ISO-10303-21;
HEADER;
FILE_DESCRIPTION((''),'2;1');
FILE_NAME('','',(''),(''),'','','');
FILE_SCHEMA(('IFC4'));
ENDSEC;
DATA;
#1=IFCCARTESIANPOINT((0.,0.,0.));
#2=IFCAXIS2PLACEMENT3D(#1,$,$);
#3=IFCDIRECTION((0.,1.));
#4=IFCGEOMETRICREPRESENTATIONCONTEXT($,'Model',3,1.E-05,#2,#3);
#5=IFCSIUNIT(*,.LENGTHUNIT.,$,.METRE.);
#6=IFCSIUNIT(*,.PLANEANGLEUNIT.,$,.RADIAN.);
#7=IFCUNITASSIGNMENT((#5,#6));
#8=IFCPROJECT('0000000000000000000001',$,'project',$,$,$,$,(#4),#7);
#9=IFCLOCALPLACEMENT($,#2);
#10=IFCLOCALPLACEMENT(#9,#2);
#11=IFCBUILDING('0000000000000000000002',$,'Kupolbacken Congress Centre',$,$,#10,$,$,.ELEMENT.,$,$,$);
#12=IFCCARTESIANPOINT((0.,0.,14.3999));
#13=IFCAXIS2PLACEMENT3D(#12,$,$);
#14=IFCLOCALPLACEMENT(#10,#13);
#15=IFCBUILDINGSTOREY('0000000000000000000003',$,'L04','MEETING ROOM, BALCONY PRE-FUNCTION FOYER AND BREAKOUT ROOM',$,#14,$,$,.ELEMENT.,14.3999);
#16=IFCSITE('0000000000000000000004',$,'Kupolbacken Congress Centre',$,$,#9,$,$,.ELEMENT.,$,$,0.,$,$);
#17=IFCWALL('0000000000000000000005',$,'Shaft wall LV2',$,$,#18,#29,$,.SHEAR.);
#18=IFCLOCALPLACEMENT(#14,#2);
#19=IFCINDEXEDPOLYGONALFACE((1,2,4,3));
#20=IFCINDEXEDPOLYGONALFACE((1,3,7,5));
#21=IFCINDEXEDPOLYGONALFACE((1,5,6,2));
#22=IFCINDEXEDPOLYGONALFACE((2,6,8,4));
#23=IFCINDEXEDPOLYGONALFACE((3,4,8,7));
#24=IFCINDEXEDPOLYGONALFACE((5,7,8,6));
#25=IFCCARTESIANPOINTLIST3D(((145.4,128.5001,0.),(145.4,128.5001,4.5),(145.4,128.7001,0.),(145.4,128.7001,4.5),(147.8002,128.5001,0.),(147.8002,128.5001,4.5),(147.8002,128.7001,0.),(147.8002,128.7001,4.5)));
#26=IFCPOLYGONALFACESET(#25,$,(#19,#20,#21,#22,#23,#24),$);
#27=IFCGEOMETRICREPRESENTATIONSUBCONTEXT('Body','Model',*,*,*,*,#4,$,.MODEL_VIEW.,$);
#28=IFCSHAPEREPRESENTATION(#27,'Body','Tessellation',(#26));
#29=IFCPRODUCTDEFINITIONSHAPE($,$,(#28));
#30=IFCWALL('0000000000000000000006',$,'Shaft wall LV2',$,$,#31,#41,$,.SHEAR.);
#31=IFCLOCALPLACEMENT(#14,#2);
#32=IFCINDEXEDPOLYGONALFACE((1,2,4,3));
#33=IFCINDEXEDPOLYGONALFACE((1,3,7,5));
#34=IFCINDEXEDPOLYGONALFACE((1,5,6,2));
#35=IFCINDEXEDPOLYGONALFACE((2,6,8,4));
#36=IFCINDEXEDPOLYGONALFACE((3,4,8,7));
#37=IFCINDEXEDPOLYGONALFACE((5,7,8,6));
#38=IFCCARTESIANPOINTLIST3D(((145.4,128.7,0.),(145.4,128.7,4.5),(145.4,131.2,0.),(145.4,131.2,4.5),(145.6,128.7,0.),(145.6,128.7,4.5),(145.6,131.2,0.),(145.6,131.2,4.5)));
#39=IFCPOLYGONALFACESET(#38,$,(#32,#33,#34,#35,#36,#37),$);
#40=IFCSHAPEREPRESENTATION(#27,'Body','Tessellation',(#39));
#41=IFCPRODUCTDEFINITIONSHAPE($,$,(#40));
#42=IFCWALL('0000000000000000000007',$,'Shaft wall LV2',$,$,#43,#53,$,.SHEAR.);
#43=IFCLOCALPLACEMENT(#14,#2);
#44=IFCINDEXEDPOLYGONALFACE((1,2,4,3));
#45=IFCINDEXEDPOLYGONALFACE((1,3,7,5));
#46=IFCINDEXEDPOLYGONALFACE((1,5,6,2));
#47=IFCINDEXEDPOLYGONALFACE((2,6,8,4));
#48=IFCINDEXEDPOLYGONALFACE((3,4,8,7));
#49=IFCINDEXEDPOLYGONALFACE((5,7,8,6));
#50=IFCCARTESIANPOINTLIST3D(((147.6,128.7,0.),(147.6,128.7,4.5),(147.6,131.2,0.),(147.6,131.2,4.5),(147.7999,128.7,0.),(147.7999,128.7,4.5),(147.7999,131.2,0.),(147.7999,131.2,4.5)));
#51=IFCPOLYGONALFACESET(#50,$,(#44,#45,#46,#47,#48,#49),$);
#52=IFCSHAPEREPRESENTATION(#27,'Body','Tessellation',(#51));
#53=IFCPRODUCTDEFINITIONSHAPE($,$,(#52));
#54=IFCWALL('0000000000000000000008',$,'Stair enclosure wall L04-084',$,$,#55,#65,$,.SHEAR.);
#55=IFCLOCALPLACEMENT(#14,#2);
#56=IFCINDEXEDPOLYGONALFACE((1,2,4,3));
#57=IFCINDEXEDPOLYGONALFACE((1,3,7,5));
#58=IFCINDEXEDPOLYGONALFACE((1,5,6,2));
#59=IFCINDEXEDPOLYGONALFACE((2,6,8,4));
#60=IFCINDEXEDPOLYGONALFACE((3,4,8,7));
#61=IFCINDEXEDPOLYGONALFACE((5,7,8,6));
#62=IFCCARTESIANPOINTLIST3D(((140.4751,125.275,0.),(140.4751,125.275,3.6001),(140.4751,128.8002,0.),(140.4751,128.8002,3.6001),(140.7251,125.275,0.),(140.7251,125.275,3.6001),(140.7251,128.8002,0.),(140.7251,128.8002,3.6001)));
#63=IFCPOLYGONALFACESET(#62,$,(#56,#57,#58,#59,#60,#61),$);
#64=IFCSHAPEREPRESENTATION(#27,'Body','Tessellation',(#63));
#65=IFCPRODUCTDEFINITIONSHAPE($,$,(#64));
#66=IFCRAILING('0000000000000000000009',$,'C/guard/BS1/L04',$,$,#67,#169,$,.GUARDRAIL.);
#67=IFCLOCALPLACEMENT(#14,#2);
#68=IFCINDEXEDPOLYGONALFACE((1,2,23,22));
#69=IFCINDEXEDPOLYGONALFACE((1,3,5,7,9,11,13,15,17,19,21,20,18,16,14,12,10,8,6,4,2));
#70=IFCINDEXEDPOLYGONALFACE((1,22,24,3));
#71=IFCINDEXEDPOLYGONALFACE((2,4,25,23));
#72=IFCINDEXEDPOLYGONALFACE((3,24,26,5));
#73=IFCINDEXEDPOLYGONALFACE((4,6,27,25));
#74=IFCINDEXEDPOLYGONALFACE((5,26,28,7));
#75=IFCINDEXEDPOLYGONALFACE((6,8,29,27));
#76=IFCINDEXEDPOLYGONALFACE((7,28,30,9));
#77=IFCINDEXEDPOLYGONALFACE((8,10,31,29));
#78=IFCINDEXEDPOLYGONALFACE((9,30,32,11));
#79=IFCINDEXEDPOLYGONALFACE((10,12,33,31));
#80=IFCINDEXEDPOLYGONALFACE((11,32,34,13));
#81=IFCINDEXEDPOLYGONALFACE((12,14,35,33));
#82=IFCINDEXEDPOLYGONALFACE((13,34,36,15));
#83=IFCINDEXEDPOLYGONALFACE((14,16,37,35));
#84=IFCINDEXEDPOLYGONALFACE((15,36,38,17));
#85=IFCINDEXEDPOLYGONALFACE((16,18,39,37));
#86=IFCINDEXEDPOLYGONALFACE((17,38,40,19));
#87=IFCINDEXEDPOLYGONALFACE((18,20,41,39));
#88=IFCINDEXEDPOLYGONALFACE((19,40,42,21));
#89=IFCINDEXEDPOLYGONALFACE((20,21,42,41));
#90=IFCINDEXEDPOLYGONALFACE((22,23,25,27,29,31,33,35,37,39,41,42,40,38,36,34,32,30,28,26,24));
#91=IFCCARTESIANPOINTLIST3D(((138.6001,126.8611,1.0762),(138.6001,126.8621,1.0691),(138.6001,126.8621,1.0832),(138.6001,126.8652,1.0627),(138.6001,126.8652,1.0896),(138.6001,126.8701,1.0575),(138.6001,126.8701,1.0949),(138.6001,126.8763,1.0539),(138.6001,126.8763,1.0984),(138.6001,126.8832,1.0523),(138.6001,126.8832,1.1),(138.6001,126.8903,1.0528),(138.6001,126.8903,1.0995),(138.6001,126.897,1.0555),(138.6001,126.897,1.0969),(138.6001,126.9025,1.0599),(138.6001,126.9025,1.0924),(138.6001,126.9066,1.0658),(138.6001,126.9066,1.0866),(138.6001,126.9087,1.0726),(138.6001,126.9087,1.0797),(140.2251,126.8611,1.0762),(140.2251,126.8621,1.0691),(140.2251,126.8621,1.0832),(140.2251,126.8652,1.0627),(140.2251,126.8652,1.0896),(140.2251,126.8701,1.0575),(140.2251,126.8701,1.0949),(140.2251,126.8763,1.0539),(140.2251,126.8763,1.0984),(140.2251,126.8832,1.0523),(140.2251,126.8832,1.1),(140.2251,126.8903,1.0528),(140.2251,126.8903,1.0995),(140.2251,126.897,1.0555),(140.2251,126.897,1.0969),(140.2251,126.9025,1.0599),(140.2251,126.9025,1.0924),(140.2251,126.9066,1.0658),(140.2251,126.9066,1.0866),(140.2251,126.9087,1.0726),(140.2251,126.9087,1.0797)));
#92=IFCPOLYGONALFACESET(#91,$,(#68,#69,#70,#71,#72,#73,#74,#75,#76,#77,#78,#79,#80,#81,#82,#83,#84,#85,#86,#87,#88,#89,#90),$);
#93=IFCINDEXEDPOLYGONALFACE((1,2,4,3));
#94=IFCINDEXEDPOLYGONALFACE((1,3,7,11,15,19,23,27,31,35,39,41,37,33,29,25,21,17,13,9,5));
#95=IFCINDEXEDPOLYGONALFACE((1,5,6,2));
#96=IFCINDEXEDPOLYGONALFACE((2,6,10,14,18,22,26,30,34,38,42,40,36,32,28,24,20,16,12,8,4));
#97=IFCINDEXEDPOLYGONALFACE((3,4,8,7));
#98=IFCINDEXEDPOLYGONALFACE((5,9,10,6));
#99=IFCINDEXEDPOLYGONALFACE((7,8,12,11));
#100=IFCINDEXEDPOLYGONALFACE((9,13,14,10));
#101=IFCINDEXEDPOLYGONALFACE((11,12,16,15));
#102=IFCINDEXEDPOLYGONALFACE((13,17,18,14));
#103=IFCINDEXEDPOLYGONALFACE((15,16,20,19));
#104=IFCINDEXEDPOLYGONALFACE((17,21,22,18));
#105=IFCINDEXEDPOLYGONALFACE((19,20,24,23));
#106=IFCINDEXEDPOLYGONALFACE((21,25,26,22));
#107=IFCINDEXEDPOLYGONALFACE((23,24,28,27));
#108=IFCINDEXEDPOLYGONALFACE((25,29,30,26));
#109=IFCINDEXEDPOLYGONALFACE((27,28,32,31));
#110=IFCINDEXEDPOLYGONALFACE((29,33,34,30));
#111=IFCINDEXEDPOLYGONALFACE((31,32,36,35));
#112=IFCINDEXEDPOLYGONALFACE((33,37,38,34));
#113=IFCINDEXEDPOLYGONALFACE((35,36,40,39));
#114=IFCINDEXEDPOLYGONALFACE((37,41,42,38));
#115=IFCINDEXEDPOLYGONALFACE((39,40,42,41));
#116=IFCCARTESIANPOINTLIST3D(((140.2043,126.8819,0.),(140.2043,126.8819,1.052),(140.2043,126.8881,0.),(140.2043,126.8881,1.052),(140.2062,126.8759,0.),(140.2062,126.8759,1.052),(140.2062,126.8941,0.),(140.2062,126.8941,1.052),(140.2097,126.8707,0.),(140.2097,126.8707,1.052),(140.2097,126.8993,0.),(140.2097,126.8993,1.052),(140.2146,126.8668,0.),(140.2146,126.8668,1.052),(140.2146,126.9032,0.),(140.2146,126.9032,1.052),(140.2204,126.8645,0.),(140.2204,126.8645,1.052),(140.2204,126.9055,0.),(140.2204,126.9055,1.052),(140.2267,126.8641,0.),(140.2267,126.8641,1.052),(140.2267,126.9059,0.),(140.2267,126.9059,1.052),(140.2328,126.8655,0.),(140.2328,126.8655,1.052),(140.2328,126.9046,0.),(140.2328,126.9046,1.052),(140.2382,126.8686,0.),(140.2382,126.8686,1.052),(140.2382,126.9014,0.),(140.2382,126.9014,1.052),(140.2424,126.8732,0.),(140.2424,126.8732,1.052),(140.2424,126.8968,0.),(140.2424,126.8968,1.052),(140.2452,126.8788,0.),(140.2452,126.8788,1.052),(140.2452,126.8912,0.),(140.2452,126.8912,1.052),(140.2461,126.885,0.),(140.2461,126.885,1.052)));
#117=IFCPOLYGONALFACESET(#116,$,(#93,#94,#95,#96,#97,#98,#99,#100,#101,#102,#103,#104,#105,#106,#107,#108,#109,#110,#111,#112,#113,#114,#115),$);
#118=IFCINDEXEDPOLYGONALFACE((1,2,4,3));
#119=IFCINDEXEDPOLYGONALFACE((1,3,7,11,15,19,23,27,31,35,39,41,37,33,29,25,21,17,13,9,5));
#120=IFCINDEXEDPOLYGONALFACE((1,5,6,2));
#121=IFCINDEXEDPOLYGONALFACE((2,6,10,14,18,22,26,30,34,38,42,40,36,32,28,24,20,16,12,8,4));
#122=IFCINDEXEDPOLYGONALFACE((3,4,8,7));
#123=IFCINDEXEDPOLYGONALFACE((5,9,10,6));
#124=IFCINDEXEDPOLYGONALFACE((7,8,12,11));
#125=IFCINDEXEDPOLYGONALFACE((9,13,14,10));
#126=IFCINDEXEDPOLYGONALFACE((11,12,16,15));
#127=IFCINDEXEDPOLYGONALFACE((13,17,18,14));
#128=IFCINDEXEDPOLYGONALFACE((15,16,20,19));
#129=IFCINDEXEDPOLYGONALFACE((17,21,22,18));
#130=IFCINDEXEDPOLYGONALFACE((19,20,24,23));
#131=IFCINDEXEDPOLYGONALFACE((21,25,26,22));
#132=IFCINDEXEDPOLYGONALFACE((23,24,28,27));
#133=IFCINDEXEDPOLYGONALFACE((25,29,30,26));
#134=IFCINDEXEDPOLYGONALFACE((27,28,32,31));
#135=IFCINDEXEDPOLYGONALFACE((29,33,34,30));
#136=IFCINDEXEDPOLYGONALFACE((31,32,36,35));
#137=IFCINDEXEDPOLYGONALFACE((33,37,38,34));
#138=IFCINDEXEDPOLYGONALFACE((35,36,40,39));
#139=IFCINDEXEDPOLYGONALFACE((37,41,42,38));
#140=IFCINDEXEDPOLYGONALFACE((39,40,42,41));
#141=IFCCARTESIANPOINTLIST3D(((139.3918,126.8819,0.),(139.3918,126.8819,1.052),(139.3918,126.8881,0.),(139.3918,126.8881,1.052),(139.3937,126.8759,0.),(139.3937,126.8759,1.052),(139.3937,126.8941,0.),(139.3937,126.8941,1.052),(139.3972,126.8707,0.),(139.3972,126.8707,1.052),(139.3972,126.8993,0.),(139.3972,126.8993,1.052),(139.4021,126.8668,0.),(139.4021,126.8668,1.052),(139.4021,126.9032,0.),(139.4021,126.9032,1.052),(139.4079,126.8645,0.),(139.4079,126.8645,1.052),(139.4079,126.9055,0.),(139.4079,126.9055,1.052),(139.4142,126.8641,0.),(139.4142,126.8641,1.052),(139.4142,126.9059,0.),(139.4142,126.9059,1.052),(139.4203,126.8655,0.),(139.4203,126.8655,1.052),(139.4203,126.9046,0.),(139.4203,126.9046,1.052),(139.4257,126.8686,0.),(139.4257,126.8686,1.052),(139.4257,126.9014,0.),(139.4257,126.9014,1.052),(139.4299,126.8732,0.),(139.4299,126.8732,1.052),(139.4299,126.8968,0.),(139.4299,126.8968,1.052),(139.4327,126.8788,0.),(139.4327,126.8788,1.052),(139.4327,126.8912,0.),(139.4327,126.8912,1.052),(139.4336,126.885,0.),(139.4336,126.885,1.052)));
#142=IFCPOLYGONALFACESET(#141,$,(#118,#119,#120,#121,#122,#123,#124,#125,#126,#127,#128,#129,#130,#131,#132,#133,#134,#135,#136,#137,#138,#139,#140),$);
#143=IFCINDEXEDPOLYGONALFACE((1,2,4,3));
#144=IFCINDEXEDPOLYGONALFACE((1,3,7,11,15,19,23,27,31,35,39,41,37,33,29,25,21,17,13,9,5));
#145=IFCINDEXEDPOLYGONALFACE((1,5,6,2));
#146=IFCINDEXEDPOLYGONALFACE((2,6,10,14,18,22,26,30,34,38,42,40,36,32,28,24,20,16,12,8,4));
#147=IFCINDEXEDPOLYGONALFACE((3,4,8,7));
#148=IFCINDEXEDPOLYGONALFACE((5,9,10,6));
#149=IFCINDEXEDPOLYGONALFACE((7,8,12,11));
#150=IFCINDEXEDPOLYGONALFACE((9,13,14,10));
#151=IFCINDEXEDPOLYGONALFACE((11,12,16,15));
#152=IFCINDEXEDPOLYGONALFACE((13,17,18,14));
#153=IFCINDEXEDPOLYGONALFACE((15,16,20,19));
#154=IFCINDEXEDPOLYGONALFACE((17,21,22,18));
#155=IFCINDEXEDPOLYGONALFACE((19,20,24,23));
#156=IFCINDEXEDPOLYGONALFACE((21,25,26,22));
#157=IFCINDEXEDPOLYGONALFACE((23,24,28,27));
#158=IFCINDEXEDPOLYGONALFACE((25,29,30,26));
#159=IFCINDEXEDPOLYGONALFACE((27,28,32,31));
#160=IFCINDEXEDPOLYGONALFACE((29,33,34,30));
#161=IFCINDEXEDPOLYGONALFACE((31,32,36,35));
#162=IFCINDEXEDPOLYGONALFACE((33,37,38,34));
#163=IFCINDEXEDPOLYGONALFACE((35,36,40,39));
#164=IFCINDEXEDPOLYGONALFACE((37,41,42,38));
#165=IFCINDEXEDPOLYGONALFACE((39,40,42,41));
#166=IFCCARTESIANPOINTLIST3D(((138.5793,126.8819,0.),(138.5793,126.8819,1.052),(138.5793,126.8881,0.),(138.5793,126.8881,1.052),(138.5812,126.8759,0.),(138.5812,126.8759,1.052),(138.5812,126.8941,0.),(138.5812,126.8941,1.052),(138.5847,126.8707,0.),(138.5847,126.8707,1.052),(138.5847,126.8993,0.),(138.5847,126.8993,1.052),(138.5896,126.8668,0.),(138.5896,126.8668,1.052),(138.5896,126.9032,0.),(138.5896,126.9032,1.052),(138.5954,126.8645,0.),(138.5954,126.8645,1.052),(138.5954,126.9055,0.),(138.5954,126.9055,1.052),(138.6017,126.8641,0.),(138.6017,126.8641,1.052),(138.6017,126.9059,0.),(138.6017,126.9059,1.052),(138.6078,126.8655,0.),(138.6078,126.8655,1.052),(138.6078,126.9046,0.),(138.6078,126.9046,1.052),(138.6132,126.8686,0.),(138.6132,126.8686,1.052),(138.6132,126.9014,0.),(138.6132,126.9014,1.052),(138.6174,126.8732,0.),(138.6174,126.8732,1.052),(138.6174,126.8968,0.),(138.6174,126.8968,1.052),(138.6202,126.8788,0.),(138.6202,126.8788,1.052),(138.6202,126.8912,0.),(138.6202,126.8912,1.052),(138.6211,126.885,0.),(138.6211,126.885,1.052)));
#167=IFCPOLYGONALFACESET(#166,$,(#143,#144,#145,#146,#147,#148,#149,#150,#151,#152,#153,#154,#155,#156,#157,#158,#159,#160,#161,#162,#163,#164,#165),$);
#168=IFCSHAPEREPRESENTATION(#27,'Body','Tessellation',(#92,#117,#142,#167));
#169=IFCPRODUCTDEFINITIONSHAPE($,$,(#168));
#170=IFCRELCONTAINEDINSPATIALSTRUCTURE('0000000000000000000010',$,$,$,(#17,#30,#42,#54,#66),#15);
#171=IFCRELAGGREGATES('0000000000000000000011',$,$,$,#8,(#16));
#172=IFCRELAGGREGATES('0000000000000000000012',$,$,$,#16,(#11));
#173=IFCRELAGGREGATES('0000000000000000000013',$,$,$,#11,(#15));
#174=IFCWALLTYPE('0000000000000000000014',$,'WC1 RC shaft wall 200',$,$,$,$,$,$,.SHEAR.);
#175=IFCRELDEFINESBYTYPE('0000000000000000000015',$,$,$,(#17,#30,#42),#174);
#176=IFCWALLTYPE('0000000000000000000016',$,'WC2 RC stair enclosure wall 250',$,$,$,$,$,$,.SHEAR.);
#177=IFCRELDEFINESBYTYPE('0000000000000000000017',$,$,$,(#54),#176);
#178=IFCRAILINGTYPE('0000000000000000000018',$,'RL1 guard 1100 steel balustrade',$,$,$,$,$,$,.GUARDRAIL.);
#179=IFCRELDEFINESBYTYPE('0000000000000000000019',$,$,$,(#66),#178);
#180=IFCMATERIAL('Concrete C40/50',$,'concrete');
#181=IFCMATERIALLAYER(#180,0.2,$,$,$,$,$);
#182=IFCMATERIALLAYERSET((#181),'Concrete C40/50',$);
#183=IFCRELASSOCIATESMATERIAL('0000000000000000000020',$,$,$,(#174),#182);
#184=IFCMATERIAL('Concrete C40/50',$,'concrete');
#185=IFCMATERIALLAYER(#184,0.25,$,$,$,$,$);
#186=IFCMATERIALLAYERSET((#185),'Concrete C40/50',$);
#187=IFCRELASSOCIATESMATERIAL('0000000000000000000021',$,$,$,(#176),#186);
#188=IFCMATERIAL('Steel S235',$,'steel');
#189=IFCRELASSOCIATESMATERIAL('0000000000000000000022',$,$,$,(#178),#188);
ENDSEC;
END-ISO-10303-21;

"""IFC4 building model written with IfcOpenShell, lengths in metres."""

from ifc_helpers import new_model, si_unit, direction, frame, frame_2d, origin, origin_2d, place, context, subcontext, project, spatial, rectangle, circle, extrude, material, layer, layer_set, type_object, element, save


model = new_model("IFC4")

# Units and contexts
model_context = context("Model", 3, precision=1e-05, world=origin(), true_north=direction((0.0, 1.0)))
body_context = subcontext(model_context, "Body", "Model", "MODEL_VIEW")
ifc_project = project(units=[si_unit("LENGTHUNIT", "METRE"), si_unit("PLANEANGLEUNIT", "RADIAN")], contexts=[model_context])

# Site, building, storey
site_placement = place(None, origin())
site = spatial("IfcSite", under=ifc_project, at=site_placement, Name="Kupolbacken Congress Centre", CompositionType="ELEMENT", RefElevation=0.0)
building_placement = place(site_placement, origin())
building = spatial("IfcBuilding", under=site, at=building_placement, Name="Kupolbacken Congress Centre", CompositionType="ELEMENT")
storey_placement = place(building_placement, frame((0.0, 0.0, 14.3999)))
storey = spatial("IfcBuildingStorey", under=building, at=storey_placement, Name="L04", Description="MEETING ROOM, BALCONY PRE-FUNCTION FOYER AND BREAKOUT ROOM", CompositionType="ELEMENT", Elevation=14.3999)

# Shared definitions
ifc_material_1 = material(Name="Concrete C40/50", Category="concrete")
ifc_layer_1 = layer(ifc_material_1, 0.2)
ifc_layer_set_1 = layer_set([ifc_layer_1], Name="Concrete C40/50")
wall_type_1 = type_object("IfcWallType", Name="WC1 RC shaft wall 200", PredefinedType="SHEAR", material=ifc_layer_set_1)

# Walls
wall_1_placement = place(storey_placement, frame((145.3999, 128.6001, 0.0), z_axis=(0.0, 0.0, 1.0), x_axis=(1.0, 0.0, 0.0)))
element("IfcWall", 1, at=wall_1_placement, inside=storey, type_object=wall_type_1, Name="Shaft wall LV2", PredefinedType="SHEAR", context=body_context, shape_type="SweptSolid", body=[
    extrude(rectangle(XDim=2.4001, YDim=0.2, at=frame_2d((1.2002, 0.0))), origin(), (0.0, 0.0, 1.0), 4.5),
])
for number, where, z_axis, x_axis, name in (
    (2, (145.5, 128.7, 0.0), (0.0, 0.0, 1.0), (0.0, 1.0, 0.0), "Shaft wall LV2"),
    (3, (147.7, 128.7, 0.0), (0.0, 0.0, 1.0), (0.0, 1.0, 0.0), "Shaft wall LV2"),
):
    element("IfcWall", number, at=place(storey_placement, frame(where, z_axis=z_axis, x_axis=x_axis)), inside=storey, type_object=wall_type_1, Name=name, PredefinedType="SHEAR", context=body_context, shape_type="SweptSolid", body=[
        extrude(rectangle(XDim=2.5, YDim=0.2, at=frame_2d((1.25, 0.0))), origin(), (0.0, 0.0, 1.0), 4.5),
    ])
ifc_material_2 = material(Name="Concrete C40/50", Category="concrete")
ifc_layer_2 = layer(ifc_material_2, 0.25)
ifc_layer_set_2 = layer_set([ifc_layer_2], Name="Concrete C40/50")
wall_type_2 = type_object("IfcWallType", Name="WC2 RC stair enclosure wall 250", PredefinedType="SHEAR", material=ifc_layer_set_2)
wall_2_placement = place(storey_placement, frame((140.6001, 125.2749, 0.0), z_axis=(0.0, 0.0, 1.0), x_axis=(0.0, 1.0, 0.0)))
element("IfcWall", 4, at=wall_2_placement, inside=storey, type_object=wall_type_2, Name="Stair enclosure wall L04-084", PredefinedType="SHEAR", context=body_context, shape_type="SweptSolid", body=[
    extrude(rectangle(XDim=3.5251, YDim=0.25, at=frame_2d((1.7627, 0.0))), origin(), (0.0, 0.0, 1.0), 3.6001),
])

# Railing
ifc_material_3 = material(Name="Steel S235", Category="steel")
railing_type = type_object("IfcRailingType", Name="RL1 guard 1100 steel balustrade", PredefinedType="GUARDRAIL", material=ifc_material_3)
railing_placement = place(storey_placement, frame((140.2251, 126.885, 0.0)))
element("IfcRailing", 5, at=railing_placement, inside=storey, type_object=railing_type, Name="C/guard/BS1/L04", PredefinedType="GUARDRAIL", context=body_context, shape_type="SweptSolid", body=[
    extrude(circle(Radius=0.0239, at=origin_2d()), frame((0.0, 0.0, 1.0762), z_axis=(-1.0, 0.0, 0.0), x_axis=(0.0, -1.0, 0.0)), (0.0, 0.0, 1.0), 1.625),
    extrude(circle(Radius=0.021, at=origin_2d()), origin(), (0.0, 0.0, 1.0), 1.052),
    extrude(circle(Radius=0.021, at=origin_2d()), frame((-0.8125, 0.0, 0.0)), (0.0, 0.0, 1.0), 1.052),
    extrude(circle(Radius=0.021, at=origin_2d()), frame((-1.625, 0.0, 0.0)), (0.0, 0.0, 1.0), 1.052),
])

save(model, "model.ifc")
